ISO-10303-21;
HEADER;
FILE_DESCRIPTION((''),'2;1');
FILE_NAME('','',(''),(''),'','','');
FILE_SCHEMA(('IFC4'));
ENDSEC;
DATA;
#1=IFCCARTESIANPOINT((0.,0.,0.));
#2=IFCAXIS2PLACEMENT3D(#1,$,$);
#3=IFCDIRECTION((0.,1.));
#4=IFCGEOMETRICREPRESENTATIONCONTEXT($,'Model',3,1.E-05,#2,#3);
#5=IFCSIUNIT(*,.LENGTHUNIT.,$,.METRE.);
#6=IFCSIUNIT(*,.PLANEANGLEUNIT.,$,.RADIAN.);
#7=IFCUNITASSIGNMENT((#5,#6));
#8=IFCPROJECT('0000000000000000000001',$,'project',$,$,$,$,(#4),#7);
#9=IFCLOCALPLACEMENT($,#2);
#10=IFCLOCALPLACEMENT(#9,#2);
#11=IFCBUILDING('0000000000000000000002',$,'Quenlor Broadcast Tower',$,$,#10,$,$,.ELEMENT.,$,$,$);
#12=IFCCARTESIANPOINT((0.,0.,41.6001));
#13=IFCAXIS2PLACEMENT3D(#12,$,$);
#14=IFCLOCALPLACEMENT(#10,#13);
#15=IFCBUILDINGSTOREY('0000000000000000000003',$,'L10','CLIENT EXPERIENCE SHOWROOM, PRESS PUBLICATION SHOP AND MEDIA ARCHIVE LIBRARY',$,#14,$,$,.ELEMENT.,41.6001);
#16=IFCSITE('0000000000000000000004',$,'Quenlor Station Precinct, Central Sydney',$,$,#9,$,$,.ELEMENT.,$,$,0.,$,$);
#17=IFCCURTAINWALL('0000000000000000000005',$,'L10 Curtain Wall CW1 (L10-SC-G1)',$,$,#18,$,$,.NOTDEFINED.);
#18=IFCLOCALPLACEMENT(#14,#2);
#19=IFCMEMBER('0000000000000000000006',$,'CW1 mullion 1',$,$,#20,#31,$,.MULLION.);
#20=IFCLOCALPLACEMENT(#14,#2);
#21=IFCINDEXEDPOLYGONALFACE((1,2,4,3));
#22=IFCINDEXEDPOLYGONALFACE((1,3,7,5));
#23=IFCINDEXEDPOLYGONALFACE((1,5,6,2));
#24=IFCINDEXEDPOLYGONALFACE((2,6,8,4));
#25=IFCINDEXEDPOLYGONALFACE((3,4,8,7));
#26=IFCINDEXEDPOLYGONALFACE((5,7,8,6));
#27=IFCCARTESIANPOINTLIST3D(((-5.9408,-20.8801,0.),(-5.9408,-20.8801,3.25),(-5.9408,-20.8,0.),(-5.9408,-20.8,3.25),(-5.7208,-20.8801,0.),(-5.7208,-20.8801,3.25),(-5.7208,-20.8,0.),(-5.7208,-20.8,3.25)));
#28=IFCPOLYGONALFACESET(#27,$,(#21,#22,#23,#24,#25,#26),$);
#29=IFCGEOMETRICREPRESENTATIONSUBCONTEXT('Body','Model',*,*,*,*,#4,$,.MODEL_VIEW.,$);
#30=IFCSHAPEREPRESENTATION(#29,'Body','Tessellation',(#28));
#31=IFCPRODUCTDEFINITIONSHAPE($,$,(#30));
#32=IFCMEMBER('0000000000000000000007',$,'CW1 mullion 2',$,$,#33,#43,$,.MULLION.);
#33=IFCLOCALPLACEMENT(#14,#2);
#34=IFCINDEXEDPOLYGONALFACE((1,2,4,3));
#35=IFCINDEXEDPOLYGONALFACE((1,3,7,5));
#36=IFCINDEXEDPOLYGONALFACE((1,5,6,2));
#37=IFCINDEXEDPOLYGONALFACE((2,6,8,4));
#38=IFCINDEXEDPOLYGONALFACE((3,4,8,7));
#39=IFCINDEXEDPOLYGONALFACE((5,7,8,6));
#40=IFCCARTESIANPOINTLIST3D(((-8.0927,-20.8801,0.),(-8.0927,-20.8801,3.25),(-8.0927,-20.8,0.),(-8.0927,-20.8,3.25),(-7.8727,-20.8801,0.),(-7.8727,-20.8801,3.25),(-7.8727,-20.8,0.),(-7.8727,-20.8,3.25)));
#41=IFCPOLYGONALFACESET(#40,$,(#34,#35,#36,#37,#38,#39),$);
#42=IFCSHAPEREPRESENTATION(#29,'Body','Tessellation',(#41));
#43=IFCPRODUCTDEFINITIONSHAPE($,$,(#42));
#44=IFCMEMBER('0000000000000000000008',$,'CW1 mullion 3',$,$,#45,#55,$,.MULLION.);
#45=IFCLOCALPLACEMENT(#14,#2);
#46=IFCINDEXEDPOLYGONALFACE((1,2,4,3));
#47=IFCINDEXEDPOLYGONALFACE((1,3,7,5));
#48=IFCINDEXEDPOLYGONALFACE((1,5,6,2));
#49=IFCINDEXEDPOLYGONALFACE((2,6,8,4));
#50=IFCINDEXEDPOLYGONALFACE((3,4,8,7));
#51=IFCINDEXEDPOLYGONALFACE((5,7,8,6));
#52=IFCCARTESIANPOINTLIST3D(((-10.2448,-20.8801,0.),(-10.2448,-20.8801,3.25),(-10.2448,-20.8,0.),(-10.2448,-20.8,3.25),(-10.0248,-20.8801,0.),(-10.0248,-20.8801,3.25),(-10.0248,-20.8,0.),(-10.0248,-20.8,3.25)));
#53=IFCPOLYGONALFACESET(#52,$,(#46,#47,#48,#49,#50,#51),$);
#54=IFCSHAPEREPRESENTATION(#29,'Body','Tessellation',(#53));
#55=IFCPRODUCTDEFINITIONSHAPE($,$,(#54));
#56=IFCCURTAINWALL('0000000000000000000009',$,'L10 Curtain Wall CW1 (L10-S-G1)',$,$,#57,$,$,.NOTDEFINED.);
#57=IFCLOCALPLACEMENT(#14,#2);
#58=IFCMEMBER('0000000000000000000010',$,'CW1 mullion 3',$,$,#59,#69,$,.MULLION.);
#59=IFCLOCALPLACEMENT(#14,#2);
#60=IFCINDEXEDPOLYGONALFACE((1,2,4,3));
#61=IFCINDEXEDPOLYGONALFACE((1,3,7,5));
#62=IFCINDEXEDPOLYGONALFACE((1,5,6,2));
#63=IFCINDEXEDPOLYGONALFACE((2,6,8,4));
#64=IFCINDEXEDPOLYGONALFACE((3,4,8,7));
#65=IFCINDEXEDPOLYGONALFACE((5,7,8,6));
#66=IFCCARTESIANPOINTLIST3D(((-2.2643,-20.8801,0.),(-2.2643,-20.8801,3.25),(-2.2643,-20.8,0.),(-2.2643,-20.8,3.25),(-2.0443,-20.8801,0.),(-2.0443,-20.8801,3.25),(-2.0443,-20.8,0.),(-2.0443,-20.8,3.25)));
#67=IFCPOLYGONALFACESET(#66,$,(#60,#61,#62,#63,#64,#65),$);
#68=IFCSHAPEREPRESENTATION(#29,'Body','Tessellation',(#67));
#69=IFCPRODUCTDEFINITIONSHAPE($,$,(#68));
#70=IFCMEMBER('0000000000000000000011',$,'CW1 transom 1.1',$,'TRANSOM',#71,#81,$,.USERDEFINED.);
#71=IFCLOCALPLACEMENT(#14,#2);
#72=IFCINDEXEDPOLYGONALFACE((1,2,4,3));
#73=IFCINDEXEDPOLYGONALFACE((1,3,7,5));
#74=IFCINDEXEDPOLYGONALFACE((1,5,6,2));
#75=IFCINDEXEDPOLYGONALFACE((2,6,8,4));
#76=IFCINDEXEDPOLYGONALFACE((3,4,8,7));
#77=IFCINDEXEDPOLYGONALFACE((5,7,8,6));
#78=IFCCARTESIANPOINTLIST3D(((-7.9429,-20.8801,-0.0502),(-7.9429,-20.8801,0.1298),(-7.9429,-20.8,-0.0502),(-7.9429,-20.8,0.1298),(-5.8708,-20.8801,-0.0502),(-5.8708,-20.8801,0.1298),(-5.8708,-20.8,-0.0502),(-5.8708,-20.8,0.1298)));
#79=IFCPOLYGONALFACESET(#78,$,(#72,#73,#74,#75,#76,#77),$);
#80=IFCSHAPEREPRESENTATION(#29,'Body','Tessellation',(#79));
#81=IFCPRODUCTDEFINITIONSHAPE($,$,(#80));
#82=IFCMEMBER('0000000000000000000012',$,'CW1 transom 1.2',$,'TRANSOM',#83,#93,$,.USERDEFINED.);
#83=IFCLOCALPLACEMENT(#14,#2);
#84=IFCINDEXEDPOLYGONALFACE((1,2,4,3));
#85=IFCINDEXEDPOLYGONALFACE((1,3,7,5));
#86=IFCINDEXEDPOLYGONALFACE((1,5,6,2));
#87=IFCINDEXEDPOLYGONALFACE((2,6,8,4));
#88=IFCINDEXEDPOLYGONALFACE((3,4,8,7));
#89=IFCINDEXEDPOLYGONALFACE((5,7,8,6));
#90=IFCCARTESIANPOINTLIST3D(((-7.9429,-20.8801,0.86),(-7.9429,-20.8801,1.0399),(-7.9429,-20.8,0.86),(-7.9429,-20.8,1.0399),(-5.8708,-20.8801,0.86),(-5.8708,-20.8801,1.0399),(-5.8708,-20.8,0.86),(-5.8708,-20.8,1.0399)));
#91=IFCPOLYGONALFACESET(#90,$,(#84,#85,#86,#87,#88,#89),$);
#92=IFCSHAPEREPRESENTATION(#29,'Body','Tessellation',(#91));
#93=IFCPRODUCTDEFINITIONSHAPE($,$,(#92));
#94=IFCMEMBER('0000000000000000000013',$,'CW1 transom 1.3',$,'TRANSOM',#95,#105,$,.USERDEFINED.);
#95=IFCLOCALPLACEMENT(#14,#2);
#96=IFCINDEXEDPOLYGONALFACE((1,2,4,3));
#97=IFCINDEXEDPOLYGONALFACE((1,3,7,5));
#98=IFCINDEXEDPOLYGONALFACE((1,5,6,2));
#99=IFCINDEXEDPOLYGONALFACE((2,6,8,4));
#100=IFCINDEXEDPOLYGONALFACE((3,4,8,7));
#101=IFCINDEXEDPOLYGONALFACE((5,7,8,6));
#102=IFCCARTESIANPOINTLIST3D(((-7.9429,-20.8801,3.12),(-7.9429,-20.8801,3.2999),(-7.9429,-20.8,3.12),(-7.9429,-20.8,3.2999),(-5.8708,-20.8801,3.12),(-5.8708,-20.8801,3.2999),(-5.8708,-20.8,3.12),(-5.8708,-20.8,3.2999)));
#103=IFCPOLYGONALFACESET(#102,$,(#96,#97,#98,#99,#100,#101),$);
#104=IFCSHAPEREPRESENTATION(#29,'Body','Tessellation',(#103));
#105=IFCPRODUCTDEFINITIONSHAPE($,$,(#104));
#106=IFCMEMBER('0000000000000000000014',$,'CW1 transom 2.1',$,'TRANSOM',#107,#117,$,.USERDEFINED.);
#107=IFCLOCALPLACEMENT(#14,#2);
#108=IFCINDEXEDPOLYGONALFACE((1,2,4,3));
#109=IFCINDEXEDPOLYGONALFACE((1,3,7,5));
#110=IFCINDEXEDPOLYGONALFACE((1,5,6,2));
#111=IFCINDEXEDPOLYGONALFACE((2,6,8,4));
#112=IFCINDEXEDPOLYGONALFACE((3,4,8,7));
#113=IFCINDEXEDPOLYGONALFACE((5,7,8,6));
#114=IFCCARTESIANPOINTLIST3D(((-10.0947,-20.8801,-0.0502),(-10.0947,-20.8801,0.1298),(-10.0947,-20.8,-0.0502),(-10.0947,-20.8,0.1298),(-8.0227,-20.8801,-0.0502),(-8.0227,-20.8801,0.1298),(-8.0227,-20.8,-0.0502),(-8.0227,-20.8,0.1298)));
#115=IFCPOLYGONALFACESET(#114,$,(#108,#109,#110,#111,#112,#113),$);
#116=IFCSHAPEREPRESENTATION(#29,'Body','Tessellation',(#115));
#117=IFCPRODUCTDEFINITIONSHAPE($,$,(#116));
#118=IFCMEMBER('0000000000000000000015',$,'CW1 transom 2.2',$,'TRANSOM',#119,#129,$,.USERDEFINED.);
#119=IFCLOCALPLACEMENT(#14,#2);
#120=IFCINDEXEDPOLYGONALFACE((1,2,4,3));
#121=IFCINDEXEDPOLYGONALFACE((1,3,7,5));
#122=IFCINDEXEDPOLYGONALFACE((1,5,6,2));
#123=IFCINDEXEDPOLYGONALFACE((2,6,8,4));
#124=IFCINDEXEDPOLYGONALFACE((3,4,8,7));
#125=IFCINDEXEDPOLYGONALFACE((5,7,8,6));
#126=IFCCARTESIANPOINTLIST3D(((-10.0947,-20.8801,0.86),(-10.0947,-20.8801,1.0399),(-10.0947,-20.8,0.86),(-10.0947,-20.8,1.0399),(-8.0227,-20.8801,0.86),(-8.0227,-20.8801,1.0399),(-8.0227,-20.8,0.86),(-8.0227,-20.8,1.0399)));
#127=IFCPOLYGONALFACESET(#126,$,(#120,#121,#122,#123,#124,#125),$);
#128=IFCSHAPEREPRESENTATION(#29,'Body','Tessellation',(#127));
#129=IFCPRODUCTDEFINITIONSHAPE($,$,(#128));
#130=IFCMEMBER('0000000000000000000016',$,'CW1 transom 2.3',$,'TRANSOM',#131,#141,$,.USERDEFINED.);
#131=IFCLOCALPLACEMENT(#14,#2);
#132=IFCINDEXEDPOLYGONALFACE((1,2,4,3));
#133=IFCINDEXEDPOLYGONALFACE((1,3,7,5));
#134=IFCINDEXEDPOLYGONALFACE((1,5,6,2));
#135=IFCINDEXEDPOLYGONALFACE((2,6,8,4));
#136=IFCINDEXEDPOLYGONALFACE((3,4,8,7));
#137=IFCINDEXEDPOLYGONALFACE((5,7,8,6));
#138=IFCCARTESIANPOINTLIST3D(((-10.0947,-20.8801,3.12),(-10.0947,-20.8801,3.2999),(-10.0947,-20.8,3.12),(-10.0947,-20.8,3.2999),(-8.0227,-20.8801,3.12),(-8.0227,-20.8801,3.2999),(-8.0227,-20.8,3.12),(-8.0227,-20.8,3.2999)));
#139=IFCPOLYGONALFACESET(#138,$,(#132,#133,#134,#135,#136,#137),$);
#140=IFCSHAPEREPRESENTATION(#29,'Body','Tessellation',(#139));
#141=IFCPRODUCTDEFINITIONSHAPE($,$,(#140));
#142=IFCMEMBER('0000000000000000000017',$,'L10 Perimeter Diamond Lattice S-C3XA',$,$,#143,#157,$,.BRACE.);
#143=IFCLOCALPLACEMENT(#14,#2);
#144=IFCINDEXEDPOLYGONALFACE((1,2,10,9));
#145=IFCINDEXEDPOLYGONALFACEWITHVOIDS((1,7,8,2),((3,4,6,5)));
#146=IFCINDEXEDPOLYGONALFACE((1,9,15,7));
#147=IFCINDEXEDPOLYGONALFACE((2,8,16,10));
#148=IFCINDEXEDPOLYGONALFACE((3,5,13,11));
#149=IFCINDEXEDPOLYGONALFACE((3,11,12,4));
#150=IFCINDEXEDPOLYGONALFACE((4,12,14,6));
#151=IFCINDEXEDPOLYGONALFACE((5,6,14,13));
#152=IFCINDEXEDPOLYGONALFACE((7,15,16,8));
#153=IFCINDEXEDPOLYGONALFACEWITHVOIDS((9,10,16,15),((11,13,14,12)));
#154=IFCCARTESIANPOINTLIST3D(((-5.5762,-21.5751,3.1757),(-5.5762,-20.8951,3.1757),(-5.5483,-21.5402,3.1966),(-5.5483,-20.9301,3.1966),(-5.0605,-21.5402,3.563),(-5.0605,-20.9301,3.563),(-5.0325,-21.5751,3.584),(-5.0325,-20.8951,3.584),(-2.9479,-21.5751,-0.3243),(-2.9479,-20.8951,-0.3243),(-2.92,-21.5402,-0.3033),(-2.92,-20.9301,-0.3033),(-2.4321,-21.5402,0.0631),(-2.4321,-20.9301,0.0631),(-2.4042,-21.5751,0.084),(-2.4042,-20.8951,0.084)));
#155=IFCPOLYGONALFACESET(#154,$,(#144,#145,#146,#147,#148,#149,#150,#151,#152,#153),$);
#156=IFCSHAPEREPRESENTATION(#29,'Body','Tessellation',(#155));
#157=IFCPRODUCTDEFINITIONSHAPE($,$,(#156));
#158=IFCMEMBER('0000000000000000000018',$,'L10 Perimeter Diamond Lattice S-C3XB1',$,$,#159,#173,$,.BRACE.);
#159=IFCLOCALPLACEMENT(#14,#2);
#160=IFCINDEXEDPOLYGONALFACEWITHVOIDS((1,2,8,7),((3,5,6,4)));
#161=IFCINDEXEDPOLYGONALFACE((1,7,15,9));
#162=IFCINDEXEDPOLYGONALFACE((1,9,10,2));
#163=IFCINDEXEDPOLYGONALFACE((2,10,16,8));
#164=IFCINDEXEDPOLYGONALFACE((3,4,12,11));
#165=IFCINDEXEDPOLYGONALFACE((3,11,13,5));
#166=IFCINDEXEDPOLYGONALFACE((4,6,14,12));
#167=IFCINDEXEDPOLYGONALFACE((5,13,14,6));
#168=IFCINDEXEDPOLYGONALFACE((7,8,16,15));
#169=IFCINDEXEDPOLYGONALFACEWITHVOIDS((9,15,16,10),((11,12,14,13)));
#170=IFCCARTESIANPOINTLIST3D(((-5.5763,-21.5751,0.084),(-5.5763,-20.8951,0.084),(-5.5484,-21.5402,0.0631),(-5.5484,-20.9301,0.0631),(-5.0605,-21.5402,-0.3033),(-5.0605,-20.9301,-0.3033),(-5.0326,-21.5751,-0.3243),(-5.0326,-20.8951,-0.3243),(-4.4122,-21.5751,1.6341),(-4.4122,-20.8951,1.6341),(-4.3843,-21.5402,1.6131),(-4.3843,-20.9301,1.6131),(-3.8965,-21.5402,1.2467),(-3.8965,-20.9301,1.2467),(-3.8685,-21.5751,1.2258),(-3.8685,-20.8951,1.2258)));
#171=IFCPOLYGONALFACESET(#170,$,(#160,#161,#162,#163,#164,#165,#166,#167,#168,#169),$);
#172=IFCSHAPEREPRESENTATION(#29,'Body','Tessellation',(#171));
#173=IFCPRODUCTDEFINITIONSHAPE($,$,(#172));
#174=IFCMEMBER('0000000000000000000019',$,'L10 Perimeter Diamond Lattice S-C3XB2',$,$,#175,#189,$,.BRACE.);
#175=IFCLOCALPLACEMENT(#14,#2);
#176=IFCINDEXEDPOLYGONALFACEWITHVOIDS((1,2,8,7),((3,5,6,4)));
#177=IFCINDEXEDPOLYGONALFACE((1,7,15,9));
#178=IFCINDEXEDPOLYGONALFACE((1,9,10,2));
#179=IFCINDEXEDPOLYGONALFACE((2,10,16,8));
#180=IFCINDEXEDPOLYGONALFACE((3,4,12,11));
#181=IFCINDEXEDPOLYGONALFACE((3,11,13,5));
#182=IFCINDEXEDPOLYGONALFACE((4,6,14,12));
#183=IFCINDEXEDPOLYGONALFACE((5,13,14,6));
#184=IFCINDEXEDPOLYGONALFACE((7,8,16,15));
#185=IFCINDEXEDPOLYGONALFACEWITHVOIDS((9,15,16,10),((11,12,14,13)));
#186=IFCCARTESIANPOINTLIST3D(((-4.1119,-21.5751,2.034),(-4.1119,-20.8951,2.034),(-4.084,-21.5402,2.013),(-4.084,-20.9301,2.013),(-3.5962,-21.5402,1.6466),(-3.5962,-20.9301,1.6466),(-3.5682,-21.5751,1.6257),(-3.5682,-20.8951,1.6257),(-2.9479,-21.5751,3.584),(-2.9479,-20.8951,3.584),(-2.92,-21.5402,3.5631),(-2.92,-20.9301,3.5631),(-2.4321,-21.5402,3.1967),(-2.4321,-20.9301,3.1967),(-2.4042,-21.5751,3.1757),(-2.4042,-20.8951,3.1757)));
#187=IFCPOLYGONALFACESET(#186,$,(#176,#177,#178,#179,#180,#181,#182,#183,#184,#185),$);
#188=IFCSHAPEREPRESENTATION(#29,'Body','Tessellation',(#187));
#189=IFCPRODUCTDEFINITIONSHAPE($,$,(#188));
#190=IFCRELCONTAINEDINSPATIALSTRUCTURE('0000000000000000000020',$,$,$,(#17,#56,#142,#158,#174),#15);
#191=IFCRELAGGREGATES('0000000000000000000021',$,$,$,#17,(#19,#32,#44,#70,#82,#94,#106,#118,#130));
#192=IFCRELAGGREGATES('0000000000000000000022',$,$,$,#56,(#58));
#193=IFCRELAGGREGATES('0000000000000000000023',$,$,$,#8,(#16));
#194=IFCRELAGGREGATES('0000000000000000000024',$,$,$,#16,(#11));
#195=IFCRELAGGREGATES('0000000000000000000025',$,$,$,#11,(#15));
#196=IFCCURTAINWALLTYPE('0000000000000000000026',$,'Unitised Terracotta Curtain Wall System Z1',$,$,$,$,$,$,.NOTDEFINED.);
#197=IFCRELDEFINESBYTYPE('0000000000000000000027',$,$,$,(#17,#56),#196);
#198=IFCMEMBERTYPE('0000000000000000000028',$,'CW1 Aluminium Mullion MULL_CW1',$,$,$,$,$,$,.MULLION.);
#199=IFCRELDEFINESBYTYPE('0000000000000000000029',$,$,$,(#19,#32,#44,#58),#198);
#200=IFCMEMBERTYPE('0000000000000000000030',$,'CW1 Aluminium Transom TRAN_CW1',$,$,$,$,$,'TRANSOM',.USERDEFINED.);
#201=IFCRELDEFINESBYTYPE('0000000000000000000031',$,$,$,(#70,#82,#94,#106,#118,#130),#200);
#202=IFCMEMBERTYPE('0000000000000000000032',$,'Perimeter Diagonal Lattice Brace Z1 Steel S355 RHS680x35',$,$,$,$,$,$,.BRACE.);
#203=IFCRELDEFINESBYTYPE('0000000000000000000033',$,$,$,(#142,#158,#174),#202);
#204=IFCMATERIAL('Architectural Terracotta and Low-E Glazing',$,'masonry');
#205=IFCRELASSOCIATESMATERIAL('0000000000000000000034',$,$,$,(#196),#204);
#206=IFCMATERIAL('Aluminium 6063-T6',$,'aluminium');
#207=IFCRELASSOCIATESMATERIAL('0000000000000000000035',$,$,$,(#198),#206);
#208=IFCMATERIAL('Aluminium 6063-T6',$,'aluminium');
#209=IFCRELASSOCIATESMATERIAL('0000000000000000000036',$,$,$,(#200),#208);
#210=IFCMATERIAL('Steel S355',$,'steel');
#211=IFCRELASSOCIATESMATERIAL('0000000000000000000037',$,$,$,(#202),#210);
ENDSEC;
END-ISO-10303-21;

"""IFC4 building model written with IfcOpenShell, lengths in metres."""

from ifc_helpers import new_model, si_unit, direction, frame, origin, origin_2d, place, context, subcontext, project, spatial, rectangle, hollow_rectangle, extrude, material, material_profile, profile_set, type_object, element, aggregate, save


model = new_model("IFC4")

# Units and contexts
model_context = context("Model", 3, precision=1e-05, world=origin(), true_north=direction((0.0, 1.0)))
body_context = subcontext(model_context, "Body", "Model", "MODEL_VIEW")
ifc_project = project(units=[si_unit("LENGTHUNIT", "METRE"), si_unit("PLANEANGLEUNIT", "RADIAN")], contexts=[model_context])

# Site, building, storey
site_placement = place(None, origin())
site = spatial("IfcSite", under=ifc_project, at=site_placement, Name="Quenlor Station Precinct, Central Sydney", CompositionType="ELEMENT", RefElevation=0.0)
building_placement = place(site_placement, origin())
building = spatial("IfcBuilding", under=site, at=building_placement, Name="Quenlor Broadcast Tower", CompositionType="ELEMENT")
storey_placement = place(building_placement, frame((0.0, 0.0, 41.6001)))
storey = spatial("IfcBuildingStorey", under=building, at=storey_placement, Name="L10", Description="CLIENT EXPERIENCE SHOWROOM, PRESS PUBLICATION SHOP AND MEDIA ARCHIVE LIBRARY", CompositionType="ELEMENT", Elevation=41.6001)

# Curtain wall, members
ifc_material_1 = material(Name="Architectural Terracotta and Low-E Glazing", Category="masonry")
curtain_wall_type = type_object("IfcCurtainWallType", Name="Unitised Terracotta Curtain Wall System Z1", PredefinedType="NOTDEFINED", material=ifc_material_1)
curtain_wall_1_placement = place(storey_placement, origin())
curtain_wall_1 = element("IfcCurtainWall", 1, at=curtain_wall_1_placement, inside=storey, type_object=curtain_wall_type, Name="L10 Curtain Wall CW1 (L10-SC-G1)", PredefinedType="NOTDEFINED")
ifc_material_2 = material(Name="Aluminium 6063-T6", Category="aluminium")
ifc_material_profile_1 = material_profile(ifc_material_2, rectangle(XDim=0.0801, YDim=0.22, at=origin_2d()))
ifc_profile_set_1 = profile_set([ifc_material_profile_1], Name="Aluminium 6063-T6 MULL80x220")
member_type_1 = type_object("IfcMemberType", Name="CW1 Aluminium Mullion MULL_CW1", PredefinedType="MULLION", material=ifc_profile_set_1)
member_1_placement = place(storey_placement, frame((-5.8308, -20.8401, 0.0), z_axis=(0.0, 0.0, 1.0), x_axis=(0.0, -1.0, 0.0)))
member_1 = element("IfcMember", 2, at=member_1_placement, type_object=member_type_1, Name="CW1 mullion 1", PredefinedType="MULLION", context=body_context, shape_type="SweptSolid", body=[
    extrude(rectangle(XDim=0.0801, YDim=0.22, at=origin_2d()), origin(), (0.0, 0.0, 1.0), 3.25),
])
member_2_placement = place(storey_placement, frame((-7.9827, -20.8401, 0.0), z_axis=(0.0, 0.0, 1.0), x_axis=(0.0, -1.0, 0.0)))
member_2 = element("IfcMember", 3, at=member_2_placement, type_object=member_type_1, Name="CW1 mullion 2", PredefinedType="MULLION", context=body_context, shape_type="SweptSolid", body=[
    extrude(rectangle(XDim=0.0801, YDim=0.22, at=origin_2d()), origin(), (0.0, 0.0, 1.0), 3.25),
])
member_3_placement = place(storey_placement, frame((-10.1348, -20.8401, 0.0), z_axis=(0.0, 0.0, 1.0), x_axis=(0.0, -1.0, 0.0)))
member_3 = element("IfcMember", 4, at=member_3_placement, type_object=member_type_1, Name="CW1 mullion 3", PredefinedType="MULLION", context=body_context, shape_type="SweptSolid", body=[
    extrude(rectangle(XDim=0.0801, YDim=0.22, at=origin_2d()), origin(), (0.0, 0.0, 1.0), 3.25),
])

# Curtain wall, member
curtain_wall_2_placement = place(storey_placement, origin())
curtain_wall_2 = element("IfcCurtainWall", 5, at=curtain_wall_2_placement, inside=storey, type_object=curtain_wall_type, Name="L10 Curtain Wall CW1 (L10-S-G1)", PredefinedType="NOTDEFINED")
member_4_placement = place(storey_placement, frame((-2.1543, -20.8401, 0.0), z_axis=(0.0, 0.0, 1.0), x_axis=(0.0, -1.0, 0.0)))
member_4 = element("IfcMember", 6, at=member_4_placement, type_object=member_type_1, Name="CW1 mullion 3", PredefinedType="MULLION", context=body_context, shape_type="SweptSolid", body=[
    extrude(rectangle(XDim=0.0801, YDim=0.22, at=origin_2d()), origin(), (0.0, 0.0, 1.0), 3.25),
])

# Members
ifc_material_3 = material(Name="Aluminium 6063-T6", Category="aluminium")
ifc_material_profile_2 = material_profile(ifc_material_3, rectangle(XDim=0.0801, YDim=0.1799, at=origin_2d()))
ifc_profile_set_2 = profile_set([ifc_material_profile_2], Name="Aluminium 6063-T6 TRAN80x180")
member_type_2 = type_object("IfcMemberType", Name="CW1 Aluminium Transom TRAN_CW1", ElementType="TRANSOM", PredefinedType="USERDEFINED", material=ifc_profile_set_2)
member_5_placement = place(storey_placement, frame((-5.8708, -20.8401, 0.0398), z_axis=(-1.0, 0.0, 0.0), x_axis=(0.0, -1.0, 0.0)))
member_5 = element("IfcMember", 7, at=member_5_placement, type_object=member_type_2, Name="CW1 transom 1.1", ObjectType="TRANSOM", PredefinedType="USERDEFINED", context=body_context, shape_type="SweptSolid", body=[
    extrude(rectangle(XDim=0.0801, YDim=0.1799, at=origin_2d()), origin(), (0.0, 0.0, 1.0), 2.072),
])
member_6_placement = place(storey_placement, frame((-5.8708, -20.8401, 0.95), z_axis=(-1.0, 0.0, 0.0), x_axis=(0.0, -1.0, 0.0)))
member_6 = element("IfcMember", 8, at=member_6_placement, type_object=member_type_2, Name="CW1 transom 1.2", ObjectType="TRANSOM", PredefinedType="USERDEFINED", context=body_context, shape_type="SweptSolid", body=[
    extrude(rectangle(XDim=0.0801, YDim=0.1799, at=origin_2d()), origin(), (0.0, 0.0, 1.0), 2.072),
])
member_7_placement = place(storey_placement, frame((-5.8708, -20.8401, 3.21), z_axis=(-1.0, 0.0, 0.0), x_axis=(0.0, -1.0, 0.0)))
member_7 = element("IfcMember", 9, at=member_7_placement, type_object=member_type_2, Name="CW1 transom 1.3", ObjectType="TRANSOM", PredefinedType="USERDEFINED", context=body_context, shape_type="SweptSolid", body=[
    extrude(rectangle(XDim=0.0801, YDim=0.1799, at=origin_2d()), origin(), (0.0, 0.0, 1.0), 2.072),
])
member_8_placement = place(storey_placement, frame((-8.0227, -20.8401, 0.0398), z_axis=(-1.0, 0.0, 0.0), x_axis=(0.0, -1.0, 0.0)))
member_8 = element("IfcMember", 10, at=member_8_placement, type_object=member_type_2, Name="CW1 transom 2.1", ObjectType="TRANSOM", PredefinedType="USERDEFINED", context=body_context, shape_type="SweptSolid", body=[
    extrude(rectangle(XDim=0.0801, YDim=0.1799, at=origin_2d()), origin(), (0.0, 0.0, 1.0), 2.072),
])
member_9_placement = place(storey_placement, frame((-8.0227, -20.8401, 0.95), z_axis=(-1.0, 0.0, 0.0), x_axis=(0.0, -1.0, 0.0)))
member_9 = element("IfcMember", 11, at=member_9_placement, type_object=member_type_2, Name="CW1 transom 2.2", ObjectType="TRANSOM", PredefinedType="USERDEFINED", context=body_context, shape_type="SweptSolid", body=[
    extrude(rectangle(XDim=0.0801, YDim=0.1799, at=origin_2d()), origin(), (0.0, 0.0, 1.0), 2.072),
])
member_10_placement = place(storey_placement, frame((-8.0227, -20.8401, 3.21), z_axis=(-1.0, 0.0, 0.0), x_axis=(0.0, -1.0, 0.0)))
member_10 = element("IfcMember", 12, at=member_10_placement, type_object=member_type_2, Name="CW1 transom 2.3", ObjectType="TRANSOM", PredefinedType="USERDEFINED", context=body_context, shape_type="SweptSolid", body=[
    extrude(rectangle(XDim=0.0801, YDim=0.1799, at=origin_2d()), origin(), (0.0, 0.0, 1.0), 2.072),
])

# Members
ifc_material_4 = material(Name="Steel S355", Category="steel")
ifc_material_profile_3 = material_profile(ifc_material_4, hollow_rectangle(XDim=0.6799, YDim=0.6799, WallThickness=0.0349, at=origin_2d()))
ifc_profile_set_3 = profile_set([ifc_material_profile_3], Name="Steel S355 RHS680x680x35")
member_type_3 = type_object("IfcMemberType", Name="Perimeter Diagonal Lattice Brace Z1 Steel S355 RHS680x35", PredefinedType="BRACE", material=ifc_profile_set_3)
member_11_placement = place(storey_placement, frame((-2.676, -21.2351, -0.1201), z_axis=(-0.6005, 0.0, 0.799625), x_axis=(0.0, -1.0, 0.0)))
element("IfcMember", 13, at=member_11_placement, inside=storey, type_object=member_type_3, Name="L10 Perimeter Diamond Lattice S-C3XA", PredefinedType="BRACE", context=body_context, shape_type="SweptSolid", body=[
    extrude(hollow_rectangle(XDim=0.6799, YDim=0.6799, WallThickness=0.0349, at=origin_2d()), origin(), (0.0, 0.0, 1.0), 4.377),
])
for number, where, z_axis, x_axis, name in (
    (14, (-5.3044, -21.2351, -0.1201), (0.600504, 0.0, 0.799622), (0.0, 1.0, 0.0), "L10 Perimeter Diamond Lattice S-C3XB1"),
    (15, (-3.8401, -21.2351, 1.8298), (0.600504, 0.0, 0.799622), (0.0, 1.0, 0.0), "L10 Perimeter Diamond Lattice S-C3XB2"),
):
    element("IfcMember", number, at=place(storey_placement, frame(where, z_axis=z_axis, x_axis=x_axis)), inside=storey, type_object=member_type_3, Name=name, PredefinedType="BRACE", context=body_context, shape_type="SweptSolid", body=[
        extrude(hollow_rectangle(XDim=0.6799, YDim=0.6799, WallThickness=0.0349, at=origin_2d()), origin(), (0.0, 0.0, 1.0), 1.9385),
    ])

aggregate(curtain_wall_1, [member_1, member_2, member_3, member_5, member_6, member_7, member_8, member_9, member_10])
aggregate(curtain_wall_2, [member_4])

save(model, "model.ifc")
